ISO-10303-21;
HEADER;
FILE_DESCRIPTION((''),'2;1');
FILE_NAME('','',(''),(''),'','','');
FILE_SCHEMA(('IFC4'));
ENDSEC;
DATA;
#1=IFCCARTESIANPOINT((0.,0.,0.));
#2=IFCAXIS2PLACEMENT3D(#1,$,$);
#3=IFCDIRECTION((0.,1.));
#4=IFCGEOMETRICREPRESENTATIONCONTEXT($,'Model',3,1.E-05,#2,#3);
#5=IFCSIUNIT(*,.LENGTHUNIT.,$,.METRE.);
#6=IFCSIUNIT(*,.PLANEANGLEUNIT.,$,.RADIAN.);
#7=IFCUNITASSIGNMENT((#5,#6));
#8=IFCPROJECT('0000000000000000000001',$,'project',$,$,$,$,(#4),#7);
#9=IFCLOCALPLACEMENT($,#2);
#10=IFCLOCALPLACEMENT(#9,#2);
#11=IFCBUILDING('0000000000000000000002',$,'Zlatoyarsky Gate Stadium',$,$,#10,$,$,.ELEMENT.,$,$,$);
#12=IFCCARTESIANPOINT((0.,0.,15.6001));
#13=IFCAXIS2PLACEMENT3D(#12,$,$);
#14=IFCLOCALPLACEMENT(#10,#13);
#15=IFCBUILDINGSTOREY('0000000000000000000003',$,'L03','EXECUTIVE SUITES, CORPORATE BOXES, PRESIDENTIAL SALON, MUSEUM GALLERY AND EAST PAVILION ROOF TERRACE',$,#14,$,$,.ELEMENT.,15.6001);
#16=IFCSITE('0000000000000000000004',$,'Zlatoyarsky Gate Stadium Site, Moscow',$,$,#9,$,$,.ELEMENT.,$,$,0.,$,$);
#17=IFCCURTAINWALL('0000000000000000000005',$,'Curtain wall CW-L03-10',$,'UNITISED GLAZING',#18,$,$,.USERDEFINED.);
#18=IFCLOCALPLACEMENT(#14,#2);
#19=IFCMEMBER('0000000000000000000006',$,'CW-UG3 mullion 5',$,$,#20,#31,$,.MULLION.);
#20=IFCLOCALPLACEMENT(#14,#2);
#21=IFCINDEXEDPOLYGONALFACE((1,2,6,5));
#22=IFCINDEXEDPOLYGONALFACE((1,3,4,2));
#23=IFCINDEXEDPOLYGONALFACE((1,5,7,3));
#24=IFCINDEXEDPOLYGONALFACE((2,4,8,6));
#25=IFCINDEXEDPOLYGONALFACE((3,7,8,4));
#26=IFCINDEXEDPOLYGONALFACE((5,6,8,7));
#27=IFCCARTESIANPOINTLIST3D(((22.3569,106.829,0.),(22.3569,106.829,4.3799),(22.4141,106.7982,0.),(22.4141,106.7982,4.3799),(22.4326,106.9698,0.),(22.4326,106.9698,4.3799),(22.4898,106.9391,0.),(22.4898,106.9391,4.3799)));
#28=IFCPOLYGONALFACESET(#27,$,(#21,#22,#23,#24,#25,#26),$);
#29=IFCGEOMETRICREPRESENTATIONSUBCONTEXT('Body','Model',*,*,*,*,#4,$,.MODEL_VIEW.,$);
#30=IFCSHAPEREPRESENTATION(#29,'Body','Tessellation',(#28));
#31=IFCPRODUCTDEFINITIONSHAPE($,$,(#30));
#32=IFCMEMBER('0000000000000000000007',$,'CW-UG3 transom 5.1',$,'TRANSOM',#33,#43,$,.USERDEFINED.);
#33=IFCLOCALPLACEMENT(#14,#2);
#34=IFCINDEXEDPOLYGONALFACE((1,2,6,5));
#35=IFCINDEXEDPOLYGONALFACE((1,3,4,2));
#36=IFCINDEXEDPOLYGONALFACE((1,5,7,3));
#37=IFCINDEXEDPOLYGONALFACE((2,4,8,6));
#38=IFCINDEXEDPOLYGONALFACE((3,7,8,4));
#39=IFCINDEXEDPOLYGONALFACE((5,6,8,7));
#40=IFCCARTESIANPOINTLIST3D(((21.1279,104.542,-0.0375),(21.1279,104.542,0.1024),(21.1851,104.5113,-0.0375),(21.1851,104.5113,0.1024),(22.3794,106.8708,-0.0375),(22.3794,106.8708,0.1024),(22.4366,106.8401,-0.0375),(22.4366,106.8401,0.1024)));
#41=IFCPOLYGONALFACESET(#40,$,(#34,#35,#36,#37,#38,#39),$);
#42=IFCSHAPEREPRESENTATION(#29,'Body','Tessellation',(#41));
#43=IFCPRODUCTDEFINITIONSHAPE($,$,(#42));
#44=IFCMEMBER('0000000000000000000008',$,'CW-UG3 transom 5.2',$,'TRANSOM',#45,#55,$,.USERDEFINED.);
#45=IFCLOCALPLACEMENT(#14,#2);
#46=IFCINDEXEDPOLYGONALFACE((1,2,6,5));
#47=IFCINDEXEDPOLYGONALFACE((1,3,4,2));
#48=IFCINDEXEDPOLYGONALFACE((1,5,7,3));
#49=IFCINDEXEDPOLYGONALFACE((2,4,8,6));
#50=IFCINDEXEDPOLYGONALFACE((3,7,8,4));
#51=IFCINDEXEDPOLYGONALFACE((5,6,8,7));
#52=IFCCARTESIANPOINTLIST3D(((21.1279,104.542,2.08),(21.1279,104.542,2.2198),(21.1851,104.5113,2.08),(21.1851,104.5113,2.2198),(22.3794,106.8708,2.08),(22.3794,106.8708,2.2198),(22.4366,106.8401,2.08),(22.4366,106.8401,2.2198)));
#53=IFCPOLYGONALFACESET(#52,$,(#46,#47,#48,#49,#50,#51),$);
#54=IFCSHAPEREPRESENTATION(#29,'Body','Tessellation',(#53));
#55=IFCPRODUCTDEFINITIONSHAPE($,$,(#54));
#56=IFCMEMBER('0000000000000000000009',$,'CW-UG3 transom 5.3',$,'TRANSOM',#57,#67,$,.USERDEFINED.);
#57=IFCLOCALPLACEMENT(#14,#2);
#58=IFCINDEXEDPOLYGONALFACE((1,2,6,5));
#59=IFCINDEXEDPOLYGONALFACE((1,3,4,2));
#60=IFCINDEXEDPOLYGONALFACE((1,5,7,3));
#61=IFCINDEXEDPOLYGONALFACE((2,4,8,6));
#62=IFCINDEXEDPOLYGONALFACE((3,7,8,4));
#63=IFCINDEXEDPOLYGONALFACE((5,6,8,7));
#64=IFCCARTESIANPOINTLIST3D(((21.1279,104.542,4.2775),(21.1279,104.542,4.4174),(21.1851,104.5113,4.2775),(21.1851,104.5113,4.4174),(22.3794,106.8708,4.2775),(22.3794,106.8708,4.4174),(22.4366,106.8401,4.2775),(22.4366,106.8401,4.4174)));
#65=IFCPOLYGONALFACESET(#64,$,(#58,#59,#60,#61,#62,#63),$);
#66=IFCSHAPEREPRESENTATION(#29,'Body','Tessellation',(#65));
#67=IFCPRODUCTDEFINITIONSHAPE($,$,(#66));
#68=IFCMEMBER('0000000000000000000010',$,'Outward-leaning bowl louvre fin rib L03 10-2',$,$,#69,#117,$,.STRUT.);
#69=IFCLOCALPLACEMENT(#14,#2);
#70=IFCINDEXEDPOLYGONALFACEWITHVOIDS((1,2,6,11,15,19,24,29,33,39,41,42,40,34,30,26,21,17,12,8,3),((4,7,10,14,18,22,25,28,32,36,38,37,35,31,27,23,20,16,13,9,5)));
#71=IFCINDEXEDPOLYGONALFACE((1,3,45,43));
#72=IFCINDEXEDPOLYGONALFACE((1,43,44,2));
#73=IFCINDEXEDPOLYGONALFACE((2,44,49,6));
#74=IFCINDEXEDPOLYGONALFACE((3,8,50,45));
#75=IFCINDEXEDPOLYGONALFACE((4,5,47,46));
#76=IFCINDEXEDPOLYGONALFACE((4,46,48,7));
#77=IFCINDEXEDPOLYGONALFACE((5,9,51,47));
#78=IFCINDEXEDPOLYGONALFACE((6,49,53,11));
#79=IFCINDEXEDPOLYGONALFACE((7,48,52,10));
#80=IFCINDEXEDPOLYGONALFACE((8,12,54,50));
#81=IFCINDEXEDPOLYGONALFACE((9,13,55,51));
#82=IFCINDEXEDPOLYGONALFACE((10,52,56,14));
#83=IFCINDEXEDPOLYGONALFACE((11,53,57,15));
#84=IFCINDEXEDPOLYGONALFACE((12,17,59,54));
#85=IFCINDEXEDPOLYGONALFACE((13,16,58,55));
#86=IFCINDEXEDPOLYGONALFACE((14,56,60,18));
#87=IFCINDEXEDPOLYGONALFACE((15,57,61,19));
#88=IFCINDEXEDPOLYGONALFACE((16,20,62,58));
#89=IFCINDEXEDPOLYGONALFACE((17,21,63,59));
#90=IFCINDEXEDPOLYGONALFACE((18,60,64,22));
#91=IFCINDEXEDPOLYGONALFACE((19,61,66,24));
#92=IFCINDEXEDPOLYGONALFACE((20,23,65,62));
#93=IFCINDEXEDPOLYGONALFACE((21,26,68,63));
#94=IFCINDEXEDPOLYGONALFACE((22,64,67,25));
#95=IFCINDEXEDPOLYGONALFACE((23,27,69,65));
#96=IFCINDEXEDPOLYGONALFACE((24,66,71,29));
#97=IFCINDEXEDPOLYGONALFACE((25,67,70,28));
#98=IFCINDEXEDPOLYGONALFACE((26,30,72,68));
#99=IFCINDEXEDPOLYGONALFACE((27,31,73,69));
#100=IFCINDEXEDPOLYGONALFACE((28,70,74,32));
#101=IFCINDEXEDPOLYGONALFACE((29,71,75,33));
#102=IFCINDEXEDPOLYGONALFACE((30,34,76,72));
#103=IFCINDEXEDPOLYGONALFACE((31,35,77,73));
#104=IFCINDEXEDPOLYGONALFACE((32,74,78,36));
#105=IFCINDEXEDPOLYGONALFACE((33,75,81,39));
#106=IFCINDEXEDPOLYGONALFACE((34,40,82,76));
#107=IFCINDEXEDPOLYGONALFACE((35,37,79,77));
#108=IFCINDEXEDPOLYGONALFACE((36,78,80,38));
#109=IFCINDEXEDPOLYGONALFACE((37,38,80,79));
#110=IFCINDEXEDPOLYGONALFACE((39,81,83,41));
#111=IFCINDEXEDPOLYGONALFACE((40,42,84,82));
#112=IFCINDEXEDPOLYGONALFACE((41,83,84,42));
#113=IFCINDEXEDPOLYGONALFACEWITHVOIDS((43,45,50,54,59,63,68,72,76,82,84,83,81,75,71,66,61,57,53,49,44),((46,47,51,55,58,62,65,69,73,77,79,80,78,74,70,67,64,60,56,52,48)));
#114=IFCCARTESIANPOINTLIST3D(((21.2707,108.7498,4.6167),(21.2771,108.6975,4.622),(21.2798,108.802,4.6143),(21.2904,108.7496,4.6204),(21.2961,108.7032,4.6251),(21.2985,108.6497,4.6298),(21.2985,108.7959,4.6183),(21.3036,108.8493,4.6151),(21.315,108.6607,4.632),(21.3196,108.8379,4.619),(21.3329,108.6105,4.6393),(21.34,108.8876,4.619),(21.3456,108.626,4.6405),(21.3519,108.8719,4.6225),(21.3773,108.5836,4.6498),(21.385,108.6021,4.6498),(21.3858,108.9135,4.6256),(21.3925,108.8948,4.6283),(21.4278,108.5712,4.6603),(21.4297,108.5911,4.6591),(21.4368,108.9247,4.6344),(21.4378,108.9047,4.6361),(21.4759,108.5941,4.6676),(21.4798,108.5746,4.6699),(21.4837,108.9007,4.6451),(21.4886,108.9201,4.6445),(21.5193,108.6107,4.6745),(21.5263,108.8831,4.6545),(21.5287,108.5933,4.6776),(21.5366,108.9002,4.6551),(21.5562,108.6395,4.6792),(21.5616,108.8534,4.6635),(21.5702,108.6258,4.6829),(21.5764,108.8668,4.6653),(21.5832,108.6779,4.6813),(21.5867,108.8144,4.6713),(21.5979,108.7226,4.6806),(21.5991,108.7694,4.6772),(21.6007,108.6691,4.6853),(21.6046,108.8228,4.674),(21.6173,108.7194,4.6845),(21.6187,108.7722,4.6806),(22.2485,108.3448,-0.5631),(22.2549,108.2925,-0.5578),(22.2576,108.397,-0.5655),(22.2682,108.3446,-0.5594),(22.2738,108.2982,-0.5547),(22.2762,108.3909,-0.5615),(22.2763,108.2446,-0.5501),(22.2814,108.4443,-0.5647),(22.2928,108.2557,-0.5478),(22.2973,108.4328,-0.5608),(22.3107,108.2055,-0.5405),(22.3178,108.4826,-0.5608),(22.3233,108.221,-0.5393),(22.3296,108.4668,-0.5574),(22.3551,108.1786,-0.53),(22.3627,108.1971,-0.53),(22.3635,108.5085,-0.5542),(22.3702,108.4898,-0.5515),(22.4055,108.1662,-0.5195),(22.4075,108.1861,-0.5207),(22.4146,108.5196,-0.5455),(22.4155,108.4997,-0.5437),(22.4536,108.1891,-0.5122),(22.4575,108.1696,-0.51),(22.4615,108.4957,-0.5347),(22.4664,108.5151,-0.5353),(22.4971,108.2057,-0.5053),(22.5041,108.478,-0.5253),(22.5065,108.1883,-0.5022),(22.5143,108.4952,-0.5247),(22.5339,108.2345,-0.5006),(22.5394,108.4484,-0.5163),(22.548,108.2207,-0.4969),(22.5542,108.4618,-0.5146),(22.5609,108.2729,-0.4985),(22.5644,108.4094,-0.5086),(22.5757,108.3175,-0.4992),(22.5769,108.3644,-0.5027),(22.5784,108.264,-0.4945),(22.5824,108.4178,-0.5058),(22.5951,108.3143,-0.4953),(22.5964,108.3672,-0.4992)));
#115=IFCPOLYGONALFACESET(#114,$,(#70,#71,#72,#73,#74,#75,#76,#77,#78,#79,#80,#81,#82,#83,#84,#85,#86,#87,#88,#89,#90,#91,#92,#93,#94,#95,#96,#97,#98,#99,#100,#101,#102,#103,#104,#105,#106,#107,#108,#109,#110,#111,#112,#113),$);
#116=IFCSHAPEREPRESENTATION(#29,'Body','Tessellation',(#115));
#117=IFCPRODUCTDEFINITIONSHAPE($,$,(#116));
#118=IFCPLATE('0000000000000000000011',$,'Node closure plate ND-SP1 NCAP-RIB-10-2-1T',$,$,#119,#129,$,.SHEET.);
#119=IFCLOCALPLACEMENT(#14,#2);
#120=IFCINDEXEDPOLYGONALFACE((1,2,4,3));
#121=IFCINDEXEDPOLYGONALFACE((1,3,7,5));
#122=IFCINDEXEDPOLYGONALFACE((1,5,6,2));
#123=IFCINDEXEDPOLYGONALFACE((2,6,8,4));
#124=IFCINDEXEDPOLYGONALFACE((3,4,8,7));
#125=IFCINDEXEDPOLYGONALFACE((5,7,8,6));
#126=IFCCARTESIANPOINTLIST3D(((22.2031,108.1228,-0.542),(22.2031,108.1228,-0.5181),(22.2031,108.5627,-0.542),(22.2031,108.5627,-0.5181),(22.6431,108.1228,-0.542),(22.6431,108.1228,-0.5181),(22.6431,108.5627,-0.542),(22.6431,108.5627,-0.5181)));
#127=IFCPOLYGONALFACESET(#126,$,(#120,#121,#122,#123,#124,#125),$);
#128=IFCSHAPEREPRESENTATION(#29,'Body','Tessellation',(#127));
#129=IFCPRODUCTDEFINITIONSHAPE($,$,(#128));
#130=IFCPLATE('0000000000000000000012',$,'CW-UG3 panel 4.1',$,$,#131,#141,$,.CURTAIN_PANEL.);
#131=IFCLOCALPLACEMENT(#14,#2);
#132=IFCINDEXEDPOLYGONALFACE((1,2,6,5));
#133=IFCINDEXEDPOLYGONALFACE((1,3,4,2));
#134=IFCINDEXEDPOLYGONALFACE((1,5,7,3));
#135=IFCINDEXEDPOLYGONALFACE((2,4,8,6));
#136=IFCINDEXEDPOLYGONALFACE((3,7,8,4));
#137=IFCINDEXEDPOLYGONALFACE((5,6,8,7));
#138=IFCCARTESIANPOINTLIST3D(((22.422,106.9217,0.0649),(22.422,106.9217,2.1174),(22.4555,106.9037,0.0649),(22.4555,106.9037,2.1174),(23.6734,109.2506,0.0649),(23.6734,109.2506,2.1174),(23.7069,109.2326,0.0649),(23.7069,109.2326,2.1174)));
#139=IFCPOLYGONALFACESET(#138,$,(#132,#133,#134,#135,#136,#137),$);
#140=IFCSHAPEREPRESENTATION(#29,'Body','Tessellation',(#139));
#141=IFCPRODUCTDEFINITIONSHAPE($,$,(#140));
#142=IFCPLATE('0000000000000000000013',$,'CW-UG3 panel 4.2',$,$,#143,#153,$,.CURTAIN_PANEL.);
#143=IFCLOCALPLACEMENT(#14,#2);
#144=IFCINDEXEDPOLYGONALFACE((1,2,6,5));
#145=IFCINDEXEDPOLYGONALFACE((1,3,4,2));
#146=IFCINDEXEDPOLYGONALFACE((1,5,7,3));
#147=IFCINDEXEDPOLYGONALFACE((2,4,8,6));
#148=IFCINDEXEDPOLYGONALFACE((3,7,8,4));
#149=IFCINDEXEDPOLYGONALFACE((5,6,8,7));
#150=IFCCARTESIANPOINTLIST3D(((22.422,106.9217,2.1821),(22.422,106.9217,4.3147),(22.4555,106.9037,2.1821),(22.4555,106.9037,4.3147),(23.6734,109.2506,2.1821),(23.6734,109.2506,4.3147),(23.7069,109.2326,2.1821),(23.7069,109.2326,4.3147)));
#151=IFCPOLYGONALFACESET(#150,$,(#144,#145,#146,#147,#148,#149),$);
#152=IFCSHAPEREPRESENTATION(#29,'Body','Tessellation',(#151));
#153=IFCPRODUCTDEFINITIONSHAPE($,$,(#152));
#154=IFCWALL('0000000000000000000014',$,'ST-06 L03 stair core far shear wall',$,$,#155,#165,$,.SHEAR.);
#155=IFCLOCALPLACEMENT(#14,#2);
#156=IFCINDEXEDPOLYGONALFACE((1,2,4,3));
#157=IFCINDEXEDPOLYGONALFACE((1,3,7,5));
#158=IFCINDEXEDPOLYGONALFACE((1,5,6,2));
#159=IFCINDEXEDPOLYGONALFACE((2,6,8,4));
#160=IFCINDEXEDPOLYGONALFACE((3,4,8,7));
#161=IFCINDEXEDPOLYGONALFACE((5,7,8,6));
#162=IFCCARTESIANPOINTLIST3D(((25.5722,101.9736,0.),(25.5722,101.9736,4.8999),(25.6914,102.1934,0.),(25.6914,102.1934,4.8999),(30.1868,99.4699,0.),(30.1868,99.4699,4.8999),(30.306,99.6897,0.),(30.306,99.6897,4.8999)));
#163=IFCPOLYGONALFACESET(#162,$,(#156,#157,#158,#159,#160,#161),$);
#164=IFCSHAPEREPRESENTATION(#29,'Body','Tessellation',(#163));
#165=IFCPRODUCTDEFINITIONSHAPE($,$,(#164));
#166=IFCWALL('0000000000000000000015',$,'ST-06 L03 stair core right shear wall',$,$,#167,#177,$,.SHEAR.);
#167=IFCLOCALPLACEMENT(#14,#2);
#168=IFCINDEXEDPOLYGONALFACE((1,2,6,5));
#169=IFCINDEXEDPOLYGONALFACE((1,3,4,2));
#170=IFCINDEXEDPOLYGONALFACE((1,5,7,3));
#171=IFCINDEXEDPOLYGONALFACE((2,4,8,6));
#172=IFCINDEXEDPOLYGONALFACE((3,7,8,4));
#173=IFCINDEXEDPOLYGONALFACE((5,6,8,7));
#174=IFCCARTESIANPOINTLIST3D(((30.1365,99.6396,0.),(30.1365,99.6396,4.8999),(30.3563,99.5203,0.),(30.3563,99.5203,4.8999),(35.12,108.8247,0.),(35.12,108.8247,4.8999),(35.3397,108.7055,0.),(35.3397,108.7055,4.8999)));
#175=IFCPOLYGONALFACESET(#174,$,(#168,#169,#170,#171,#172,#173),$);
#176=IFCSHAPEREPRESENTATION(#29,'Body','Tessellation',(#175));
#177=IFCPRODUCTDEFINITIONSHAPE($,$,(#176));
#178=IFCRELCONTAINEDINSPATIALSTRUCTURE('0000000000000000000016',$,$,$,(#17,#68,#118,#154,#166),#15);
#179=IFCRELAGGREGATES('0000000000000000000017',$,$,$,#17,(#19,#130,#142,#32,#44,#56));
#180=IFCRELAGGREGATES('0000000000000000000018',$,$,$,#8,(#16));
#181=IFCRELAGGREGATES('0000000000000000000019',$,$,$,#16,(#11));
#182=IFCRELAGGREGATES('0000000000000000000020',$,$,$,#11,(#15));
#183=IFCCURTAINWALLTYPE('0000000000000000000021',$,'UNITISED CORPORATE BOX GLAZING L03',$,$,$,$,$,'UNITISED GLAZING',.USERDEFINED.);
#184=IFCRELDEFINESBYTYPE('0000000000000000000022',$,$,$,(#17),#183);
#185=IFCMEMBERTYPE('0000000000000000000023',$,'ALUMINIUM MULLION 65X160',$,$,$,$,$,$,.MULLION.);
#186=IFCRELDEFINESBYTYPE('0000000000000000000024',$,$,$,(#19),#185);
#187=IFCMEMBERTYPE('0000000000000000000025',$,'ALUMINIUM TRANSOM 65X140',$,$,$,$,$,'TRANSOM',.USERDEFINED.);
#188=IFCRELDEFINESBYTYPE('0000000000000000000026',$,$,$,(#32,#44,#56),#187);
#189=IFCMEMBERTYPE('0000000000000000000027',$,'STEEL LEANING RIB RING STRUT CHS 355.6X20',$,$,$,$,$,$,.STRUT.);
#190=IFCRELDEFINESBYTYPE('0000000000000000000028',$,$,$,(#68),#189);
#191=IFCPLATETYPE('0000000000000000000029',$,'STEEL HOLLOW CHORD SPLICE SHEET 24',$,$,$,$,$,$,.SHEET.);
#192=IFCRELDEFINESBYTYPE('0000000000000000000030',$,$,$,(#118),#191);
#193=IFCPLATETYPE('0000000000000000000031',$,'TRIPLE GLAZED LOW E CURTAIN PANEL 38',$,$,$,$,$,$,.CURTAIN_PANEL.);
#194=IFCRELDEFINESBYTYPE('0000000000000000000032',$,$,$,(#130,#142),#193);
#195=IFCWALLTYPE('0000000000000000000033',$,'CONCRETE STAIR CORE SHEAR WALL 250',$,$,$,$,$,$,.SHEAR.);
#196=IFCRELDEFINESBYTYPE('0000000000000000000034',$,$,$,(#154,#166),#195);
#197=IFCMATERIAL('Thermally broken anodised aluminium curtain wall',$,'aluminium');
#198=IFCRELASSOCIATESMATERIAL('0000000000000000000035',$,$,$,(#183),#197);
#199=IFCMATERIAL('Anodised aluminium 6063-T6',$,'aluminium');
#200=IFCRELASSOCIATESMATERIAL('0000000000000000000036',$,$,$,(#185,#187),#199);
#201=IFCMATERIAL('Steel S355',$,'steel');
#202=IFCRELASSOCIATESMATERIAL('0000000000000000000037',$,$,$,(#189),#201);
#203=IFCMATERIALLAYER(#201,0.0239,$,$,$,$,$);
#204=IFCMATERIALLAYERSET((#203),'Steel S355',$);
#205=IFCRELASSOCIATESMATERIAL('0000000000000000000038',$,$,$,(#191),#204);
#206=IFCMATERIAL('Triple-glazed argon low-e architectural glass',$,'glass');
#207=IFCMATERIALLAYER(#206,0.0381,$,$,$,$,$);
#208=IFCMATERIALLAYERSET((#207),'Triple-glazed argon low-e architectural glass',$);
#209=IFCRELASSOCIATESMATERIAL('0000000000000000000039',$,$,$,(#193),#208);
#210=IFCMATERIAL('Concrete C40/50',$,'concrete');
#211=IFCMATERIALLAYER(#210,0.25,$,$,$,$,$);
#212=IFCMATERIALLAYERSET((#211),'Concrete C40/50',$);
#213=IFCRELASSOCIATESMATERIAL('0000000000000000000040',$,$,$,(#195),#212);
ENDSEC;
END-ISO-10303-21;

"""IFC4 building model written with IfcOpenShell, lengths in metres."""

from ifc_helpers import new_model, si_unit, direction, frame, frame_2d, origin, origin_2d, place, context, subcontext, project, spatial, rectangle, hollow_circle, extrude, material, layer, layer_set, material_profile, profile_set, type_object, element, aggregate, save


model = new_model("IFC4")

# Units and contexts
model_context = context("Model", 3, precision=1e-05, world=origin(), true_north=direction((0.0, 1.0)))
body_context = subcontext(model_context, "Body", "Model", "MODEL_VIEW")
ifc_project = project(units=[si_unit("LENGTHUNIT", "METRE"), si_unit("PLANEANGLEUNIT", "RADIAN")], contexts=[model_context])

# Site, building, storey
site_placement = place(None, origin())
site = spatial("IfcSite", under=ifc_project, at=site_placement, Name="Zlatoyarsky Gate Stadium Site, Moscow", CompositionType="ELEMENT", RefElevation=0.0)
building_placement = place(site_placement, origin())
building = spatial("IfcBuilding", under=site, at=building_placement, Name="Zlatoyarsky Gate Stadium", CompositionType="ELEMENT")
storey_placement = place(building_placement, frame((0.0, 0.0, 15.6001)))
storey = spatial("IfcBuildingStorey", under=building, at=storey_placement, Name="L03", Description="EXECUTIVE SUITES, CORPORATE BOXES, PRESIDENTIAL SALON, MUSEUM GALLERY AND EAST PAVILION ROOF TERRACE", CompositionType="ELEMENT", Elevation=15.6001)

# Curtain wall, members
ifc_material_1 = material(Name="Thermally broken anodised aluminium curtain wall", Category="aluminium")
curtain_wall_type = type_object("IfcCurtainWallType", Name="UNITISED CORPORATE BOX GLAZING L03", ElementType="UNITISED GLAZING", PredefinedType="USERDEFINED", material=ifc_material_1)
curtain_wall_placement = place(storey_placement, origin())
curtain_wall = element("IfcCurtainWall", 1, at=curtain_wall_placement, inside=storey, type_object=curtain_wall_type, Name="Curtain wall CW-L03-10", ObjectType="UNITISED GLAZING", PredefinedType="USERDEFINED")
ifc_material_2 = material(Name="Anodised aluminium 6063-T6", Category="aluminium")
ifc_material_profile_1 = material_profile(ifc_material_2, rectangle(XDim=0.0649, YDim=0.1599, at=origin_2d()), Name="ALU 65X160")
ifc_profile_set_1 = profile_set([ifc_material_profile_1], Name="Anodised aluminium 6063-T6")
member_type_1 = type_object("IfcMemberType", Name="ALUMINIUM MULLION 65X160", PredefinedType="MULLION", material=ifc_profile_set_1)
member_1_placement = place(storey_placement, frame((22.4233, 106.884, 0.0), z_axis=(0.0, 0.0, 1.0), x_axis=(0.880877, -0.473345, 0.0)))
member_1 = element("IfcMember", 2, at=member_1_placement, type_object=member_type_1, Name="CW-UG3 mullion 5", PredefinedType="MULLION", context=body_context, shape_type="SweptSolid", body=[
    extrude(rectangle(XDim=0.0649, YDim=0.1599, at=origin_2d()), origin(), (0.0, 0.0, 1.0), 4.3799),
])
ifc_material_profile_2 = material_profile(ifc_material_2, rectangle(XDim=0.0649, YDim=0.1399, at=origin_2d()), Name="ALU 65X140")
ifc_profile_set_2 = profile_set([ifc_material_profile_2], Name="Anodised aluminium 6063-T6")
member_type_2 = type_object("IfcMemberType", Name="ALUMINIUM TRANSOM 65X140", ElementType="TRANSOM", PredefinedType="USERDEFINED", material=ifc_profile_set_2)
member_2_placement = place(storey_placement, frame((22.408, 106.8555, 0.0325), z_axis=(-0.473356, -0.880871, 0.0), x_axis=(0.880871, -0.473356, 0.0)))
member_2 = element("IfcMember", 3, at=member_2_placement, type_object=member_type_2, Name="CW-UG3 transom 5.1", ObjectType="TRANSOM", PredefinedType="USERDEFINED", context=body_context, shape_type="SweptSolid", body=[
    extrude(rectangle(XDim=0.0649, YDim=0.1399, at=origin_2d()), origin(), (0.0, 0.0, 1.0), 2.6438),
])
member_3_placement = place(storey_placement, frame((22.408, 106.8555, 2.1499), z_axis=(-0.473356, -0.880871, 0.0), x_axis=(0.880871, -0.473356, 0.0)))
member_3 = element("IfcMember", 4, at=member_3_placement, type_object=member_type_2, Name="CW-UG3 transom 5.2", ObjectType="TRANSOM", PredefinedType="USERDEFINED", context=body_context, shape_type="SweptSolid", body=[
    extrude(rectangle(XDim=0.0649, YDim=0.1399, at=origin_2d()), origin(), (0.0, 0.0, 1.0), 2.6438),
])
member_4_placement = place(storey_placement, frame((22.408, 106.8555, 4.3474), z_axis=(-0.473356, -0.880871, 0.0), x_axis=(0.880871, -0.473356, 0.0)))
member_4 = element("IfcMember", 5, at=member_4_placement, type_object=member_type_2, Name="CW-UG3 transom 5.3", ObjectType="TRANSOM", PredefinedType="USERDEFINED", context=body_context, shape_type="SweptSolid", body=[
    extrude(rectangle(XDim=0.0649, YDim=0.1399, at=origin_2d()), origin(), (0.0, 0.0, 1.0), 2.6438),
])

# Member
ifc_material_3 = material(Name="Steel S355", Category="steel")
ifc_material_profile_3 = material_profile(ifc_material_3, hollow_circle(Radius=0.1777, WallThickness=0.02, at=origin_2d()), Name="CHS 355.6X20")
ifc_profile_set_3 = profile_set([ifc_material_profile_3], Name="Steel S355")
member_type_3 = type_object("IfcMemberType", Name="STEEL LEANING RIB RING STRUT CHS 355.6X20", PredefinedType="STRUT", material=ifc_profile_set_3)
member_5_placement = place(storey_placement, frame((22.4231, 108.3428, -0.53), z_axis=(-0.184943, 0.076609, 0.979759), x_axis=(-0.382698, -0.923873, 0.0)))
element("IfcMember", 6, at=member_5_placement, inside=storey, type_object=member_type_3, Name="Outward-leaning bowl louvre fin rib L03 10-2", PredefinedType="STRUT", context=body_context, shape_type="SweptSolid", body=[
    extrude(hollow_circle(Radius=0.1777, WallThickness=0.02, at=origin_2d()), origin(), (0.0, 0.0, 1.0), 5.2869),
])

# Plates
ifc_layer_1 = layer(ifc_material_3, 0.0239)
ifc_layer_set_1 = layer_set([ifc_layer_1], Name="Steel S355")
plate_type_1 = type_object("IfcPlateType", Name="STEEL HOLLOW CHORD SPLICE SHEET 24", PredefinedType="SHEET", material=ifc_layer_set_1)
plate_1_placement = place(storey_placement, frame((22.4231, 108.3428, -0.542), z_axis=(0.0, 0.0, 1.0), x_axis=(1.0, 0.0, 0.0)))
element("IfcPlate", 7, at=plate_1_placement, inside=storey, type_object=plate_type_1, Name="Node closure plate ND-SP1 NCAP-RIB-10-2-1T", PredefinedType="SHEET", context=body_context, shape_type="SweptSolid", body=[
    extrude(rectangle(XDim=0.4399, YDim=0.4399, at=origin_2d()), origin(), (0.0, 0.0, 1.0), 0.0239),
])
ifc_material_4 = material(Name="Triple-glazed argon low-e architectural glass", Category="glass")
ifc_layer_2 = layer(ifc_material_4, 0.0381)
ifc_layer_set_2 = layer_set([ifc_layer_2], Name="Triple-glazed argon low-e architectural glass")
plate_type_2 = type_object("IfcPlateType", Name="TRIPLE GLAZED LOW E CURTAIN PANEL 38", PredefinedType="CURTAIN_PANEL", material=ifc_layer_set_2)
plate_2_placement = place(storey_placement, frame((23.0645, 108.0771, 0.0649), z_axis=(0.0, 0.0, 1.0), x_axis=(-0.473345, -0.880877, 0.0)))
plate_2 = element("IfcPlate", 8, at=plate_2_placement, type_object=plate_type_2, Name="CW-UG3 panel 4.1", PredefinedType="CURTAIN_PANEL", context=body_context, shape_type="SweptSolid", body=[
    extrude(rectangle(XDim=2.6438, YDim=0.0381, at=origin_2d()), origin(), (0.0, 0.0, 1.0), 2.0525),
])
plate_3_placement = place(storey_placement, frame((23.0645, 108.0771, 2.1821), z_axis=(0.0, 0.0, 1.0), x_axis=(-0.473345, -0.880877, 0.0)))
plate_3 = element("IfcPlate", 9, at=plate_3_placement, type_object=plate_type_2, Name="CW-UG3 panel 4.2", PredefinedType="CURTAIN_PANEL", context=body_context, shape_type="SweptSolid", body=[
    extrude(rectangle(XDim=2.6438, YDim=0.0381, at=origin_2d()), origin(), (0.0, 0.0, 1.0), 2.1326),
])
aggregate(curtain_wall, [member_1, plate_2, plate_3, member_2, member_3, member_4])

# Walls
ifc_material_5 = material(Name="Concrete C40/50", Category="concrete")
ifc_layer_3 = layer(ifc_material_5, 0.25)
ifc_layer_set_3 = layer_set([ifc_layer_3], Name="Concrete C40/50")
wall_type_1 = type_object("IfcWallType", Name="CONCRETE STAIR CORE SHEAR WALL 250", PredefinedType="SHEAR", material=ifc_layer_set_3)
wall_1_placement = place(storey_placement, frame((25.6318, 102.0835, 0.0), z_axis=(0.0, 0.0, 1.0), x_axis=(0.878961, -0.476893, 0.0)))
element("IfcWall", 10, at=wall_1_placement, inside=storey, type_object=wall_type_1, Name="ST-06 L03 stair core far shear wall", PredefinedType="SHEAR", context=body_context, shape_type="SweptSolid", body=[
    extrude(rectangle(XDim=5.25, YDim=0.25, at=frame_2d((2.625, 0.0))), origin(), (0.0, 0.0, 1.0), 4.8999),
])
wall_2_placement = place(storey_placement, frame((30.2463, 99.5798, 0.0), z_axis=(0.0, 0.0, 1.0), x_axis=(0.476887, 0.878965, 0.0)))
element("IfcWall", 11, at=wall_2_placement, inside=storey, type_object=wall_type_1, Name="ST-06 L03 stair core right shear wall", PredefinedType="SHEAR", context=body_context, shape_type="SweptSolid", body=[
    extrude(rectangle(XDim=10.45, YDim=0.25, at=frame_2d((5.2251, 0.0))), origin(), (0.0, 0.0, 1.0), 4.8999),
])

save(model, "model.ifc")
